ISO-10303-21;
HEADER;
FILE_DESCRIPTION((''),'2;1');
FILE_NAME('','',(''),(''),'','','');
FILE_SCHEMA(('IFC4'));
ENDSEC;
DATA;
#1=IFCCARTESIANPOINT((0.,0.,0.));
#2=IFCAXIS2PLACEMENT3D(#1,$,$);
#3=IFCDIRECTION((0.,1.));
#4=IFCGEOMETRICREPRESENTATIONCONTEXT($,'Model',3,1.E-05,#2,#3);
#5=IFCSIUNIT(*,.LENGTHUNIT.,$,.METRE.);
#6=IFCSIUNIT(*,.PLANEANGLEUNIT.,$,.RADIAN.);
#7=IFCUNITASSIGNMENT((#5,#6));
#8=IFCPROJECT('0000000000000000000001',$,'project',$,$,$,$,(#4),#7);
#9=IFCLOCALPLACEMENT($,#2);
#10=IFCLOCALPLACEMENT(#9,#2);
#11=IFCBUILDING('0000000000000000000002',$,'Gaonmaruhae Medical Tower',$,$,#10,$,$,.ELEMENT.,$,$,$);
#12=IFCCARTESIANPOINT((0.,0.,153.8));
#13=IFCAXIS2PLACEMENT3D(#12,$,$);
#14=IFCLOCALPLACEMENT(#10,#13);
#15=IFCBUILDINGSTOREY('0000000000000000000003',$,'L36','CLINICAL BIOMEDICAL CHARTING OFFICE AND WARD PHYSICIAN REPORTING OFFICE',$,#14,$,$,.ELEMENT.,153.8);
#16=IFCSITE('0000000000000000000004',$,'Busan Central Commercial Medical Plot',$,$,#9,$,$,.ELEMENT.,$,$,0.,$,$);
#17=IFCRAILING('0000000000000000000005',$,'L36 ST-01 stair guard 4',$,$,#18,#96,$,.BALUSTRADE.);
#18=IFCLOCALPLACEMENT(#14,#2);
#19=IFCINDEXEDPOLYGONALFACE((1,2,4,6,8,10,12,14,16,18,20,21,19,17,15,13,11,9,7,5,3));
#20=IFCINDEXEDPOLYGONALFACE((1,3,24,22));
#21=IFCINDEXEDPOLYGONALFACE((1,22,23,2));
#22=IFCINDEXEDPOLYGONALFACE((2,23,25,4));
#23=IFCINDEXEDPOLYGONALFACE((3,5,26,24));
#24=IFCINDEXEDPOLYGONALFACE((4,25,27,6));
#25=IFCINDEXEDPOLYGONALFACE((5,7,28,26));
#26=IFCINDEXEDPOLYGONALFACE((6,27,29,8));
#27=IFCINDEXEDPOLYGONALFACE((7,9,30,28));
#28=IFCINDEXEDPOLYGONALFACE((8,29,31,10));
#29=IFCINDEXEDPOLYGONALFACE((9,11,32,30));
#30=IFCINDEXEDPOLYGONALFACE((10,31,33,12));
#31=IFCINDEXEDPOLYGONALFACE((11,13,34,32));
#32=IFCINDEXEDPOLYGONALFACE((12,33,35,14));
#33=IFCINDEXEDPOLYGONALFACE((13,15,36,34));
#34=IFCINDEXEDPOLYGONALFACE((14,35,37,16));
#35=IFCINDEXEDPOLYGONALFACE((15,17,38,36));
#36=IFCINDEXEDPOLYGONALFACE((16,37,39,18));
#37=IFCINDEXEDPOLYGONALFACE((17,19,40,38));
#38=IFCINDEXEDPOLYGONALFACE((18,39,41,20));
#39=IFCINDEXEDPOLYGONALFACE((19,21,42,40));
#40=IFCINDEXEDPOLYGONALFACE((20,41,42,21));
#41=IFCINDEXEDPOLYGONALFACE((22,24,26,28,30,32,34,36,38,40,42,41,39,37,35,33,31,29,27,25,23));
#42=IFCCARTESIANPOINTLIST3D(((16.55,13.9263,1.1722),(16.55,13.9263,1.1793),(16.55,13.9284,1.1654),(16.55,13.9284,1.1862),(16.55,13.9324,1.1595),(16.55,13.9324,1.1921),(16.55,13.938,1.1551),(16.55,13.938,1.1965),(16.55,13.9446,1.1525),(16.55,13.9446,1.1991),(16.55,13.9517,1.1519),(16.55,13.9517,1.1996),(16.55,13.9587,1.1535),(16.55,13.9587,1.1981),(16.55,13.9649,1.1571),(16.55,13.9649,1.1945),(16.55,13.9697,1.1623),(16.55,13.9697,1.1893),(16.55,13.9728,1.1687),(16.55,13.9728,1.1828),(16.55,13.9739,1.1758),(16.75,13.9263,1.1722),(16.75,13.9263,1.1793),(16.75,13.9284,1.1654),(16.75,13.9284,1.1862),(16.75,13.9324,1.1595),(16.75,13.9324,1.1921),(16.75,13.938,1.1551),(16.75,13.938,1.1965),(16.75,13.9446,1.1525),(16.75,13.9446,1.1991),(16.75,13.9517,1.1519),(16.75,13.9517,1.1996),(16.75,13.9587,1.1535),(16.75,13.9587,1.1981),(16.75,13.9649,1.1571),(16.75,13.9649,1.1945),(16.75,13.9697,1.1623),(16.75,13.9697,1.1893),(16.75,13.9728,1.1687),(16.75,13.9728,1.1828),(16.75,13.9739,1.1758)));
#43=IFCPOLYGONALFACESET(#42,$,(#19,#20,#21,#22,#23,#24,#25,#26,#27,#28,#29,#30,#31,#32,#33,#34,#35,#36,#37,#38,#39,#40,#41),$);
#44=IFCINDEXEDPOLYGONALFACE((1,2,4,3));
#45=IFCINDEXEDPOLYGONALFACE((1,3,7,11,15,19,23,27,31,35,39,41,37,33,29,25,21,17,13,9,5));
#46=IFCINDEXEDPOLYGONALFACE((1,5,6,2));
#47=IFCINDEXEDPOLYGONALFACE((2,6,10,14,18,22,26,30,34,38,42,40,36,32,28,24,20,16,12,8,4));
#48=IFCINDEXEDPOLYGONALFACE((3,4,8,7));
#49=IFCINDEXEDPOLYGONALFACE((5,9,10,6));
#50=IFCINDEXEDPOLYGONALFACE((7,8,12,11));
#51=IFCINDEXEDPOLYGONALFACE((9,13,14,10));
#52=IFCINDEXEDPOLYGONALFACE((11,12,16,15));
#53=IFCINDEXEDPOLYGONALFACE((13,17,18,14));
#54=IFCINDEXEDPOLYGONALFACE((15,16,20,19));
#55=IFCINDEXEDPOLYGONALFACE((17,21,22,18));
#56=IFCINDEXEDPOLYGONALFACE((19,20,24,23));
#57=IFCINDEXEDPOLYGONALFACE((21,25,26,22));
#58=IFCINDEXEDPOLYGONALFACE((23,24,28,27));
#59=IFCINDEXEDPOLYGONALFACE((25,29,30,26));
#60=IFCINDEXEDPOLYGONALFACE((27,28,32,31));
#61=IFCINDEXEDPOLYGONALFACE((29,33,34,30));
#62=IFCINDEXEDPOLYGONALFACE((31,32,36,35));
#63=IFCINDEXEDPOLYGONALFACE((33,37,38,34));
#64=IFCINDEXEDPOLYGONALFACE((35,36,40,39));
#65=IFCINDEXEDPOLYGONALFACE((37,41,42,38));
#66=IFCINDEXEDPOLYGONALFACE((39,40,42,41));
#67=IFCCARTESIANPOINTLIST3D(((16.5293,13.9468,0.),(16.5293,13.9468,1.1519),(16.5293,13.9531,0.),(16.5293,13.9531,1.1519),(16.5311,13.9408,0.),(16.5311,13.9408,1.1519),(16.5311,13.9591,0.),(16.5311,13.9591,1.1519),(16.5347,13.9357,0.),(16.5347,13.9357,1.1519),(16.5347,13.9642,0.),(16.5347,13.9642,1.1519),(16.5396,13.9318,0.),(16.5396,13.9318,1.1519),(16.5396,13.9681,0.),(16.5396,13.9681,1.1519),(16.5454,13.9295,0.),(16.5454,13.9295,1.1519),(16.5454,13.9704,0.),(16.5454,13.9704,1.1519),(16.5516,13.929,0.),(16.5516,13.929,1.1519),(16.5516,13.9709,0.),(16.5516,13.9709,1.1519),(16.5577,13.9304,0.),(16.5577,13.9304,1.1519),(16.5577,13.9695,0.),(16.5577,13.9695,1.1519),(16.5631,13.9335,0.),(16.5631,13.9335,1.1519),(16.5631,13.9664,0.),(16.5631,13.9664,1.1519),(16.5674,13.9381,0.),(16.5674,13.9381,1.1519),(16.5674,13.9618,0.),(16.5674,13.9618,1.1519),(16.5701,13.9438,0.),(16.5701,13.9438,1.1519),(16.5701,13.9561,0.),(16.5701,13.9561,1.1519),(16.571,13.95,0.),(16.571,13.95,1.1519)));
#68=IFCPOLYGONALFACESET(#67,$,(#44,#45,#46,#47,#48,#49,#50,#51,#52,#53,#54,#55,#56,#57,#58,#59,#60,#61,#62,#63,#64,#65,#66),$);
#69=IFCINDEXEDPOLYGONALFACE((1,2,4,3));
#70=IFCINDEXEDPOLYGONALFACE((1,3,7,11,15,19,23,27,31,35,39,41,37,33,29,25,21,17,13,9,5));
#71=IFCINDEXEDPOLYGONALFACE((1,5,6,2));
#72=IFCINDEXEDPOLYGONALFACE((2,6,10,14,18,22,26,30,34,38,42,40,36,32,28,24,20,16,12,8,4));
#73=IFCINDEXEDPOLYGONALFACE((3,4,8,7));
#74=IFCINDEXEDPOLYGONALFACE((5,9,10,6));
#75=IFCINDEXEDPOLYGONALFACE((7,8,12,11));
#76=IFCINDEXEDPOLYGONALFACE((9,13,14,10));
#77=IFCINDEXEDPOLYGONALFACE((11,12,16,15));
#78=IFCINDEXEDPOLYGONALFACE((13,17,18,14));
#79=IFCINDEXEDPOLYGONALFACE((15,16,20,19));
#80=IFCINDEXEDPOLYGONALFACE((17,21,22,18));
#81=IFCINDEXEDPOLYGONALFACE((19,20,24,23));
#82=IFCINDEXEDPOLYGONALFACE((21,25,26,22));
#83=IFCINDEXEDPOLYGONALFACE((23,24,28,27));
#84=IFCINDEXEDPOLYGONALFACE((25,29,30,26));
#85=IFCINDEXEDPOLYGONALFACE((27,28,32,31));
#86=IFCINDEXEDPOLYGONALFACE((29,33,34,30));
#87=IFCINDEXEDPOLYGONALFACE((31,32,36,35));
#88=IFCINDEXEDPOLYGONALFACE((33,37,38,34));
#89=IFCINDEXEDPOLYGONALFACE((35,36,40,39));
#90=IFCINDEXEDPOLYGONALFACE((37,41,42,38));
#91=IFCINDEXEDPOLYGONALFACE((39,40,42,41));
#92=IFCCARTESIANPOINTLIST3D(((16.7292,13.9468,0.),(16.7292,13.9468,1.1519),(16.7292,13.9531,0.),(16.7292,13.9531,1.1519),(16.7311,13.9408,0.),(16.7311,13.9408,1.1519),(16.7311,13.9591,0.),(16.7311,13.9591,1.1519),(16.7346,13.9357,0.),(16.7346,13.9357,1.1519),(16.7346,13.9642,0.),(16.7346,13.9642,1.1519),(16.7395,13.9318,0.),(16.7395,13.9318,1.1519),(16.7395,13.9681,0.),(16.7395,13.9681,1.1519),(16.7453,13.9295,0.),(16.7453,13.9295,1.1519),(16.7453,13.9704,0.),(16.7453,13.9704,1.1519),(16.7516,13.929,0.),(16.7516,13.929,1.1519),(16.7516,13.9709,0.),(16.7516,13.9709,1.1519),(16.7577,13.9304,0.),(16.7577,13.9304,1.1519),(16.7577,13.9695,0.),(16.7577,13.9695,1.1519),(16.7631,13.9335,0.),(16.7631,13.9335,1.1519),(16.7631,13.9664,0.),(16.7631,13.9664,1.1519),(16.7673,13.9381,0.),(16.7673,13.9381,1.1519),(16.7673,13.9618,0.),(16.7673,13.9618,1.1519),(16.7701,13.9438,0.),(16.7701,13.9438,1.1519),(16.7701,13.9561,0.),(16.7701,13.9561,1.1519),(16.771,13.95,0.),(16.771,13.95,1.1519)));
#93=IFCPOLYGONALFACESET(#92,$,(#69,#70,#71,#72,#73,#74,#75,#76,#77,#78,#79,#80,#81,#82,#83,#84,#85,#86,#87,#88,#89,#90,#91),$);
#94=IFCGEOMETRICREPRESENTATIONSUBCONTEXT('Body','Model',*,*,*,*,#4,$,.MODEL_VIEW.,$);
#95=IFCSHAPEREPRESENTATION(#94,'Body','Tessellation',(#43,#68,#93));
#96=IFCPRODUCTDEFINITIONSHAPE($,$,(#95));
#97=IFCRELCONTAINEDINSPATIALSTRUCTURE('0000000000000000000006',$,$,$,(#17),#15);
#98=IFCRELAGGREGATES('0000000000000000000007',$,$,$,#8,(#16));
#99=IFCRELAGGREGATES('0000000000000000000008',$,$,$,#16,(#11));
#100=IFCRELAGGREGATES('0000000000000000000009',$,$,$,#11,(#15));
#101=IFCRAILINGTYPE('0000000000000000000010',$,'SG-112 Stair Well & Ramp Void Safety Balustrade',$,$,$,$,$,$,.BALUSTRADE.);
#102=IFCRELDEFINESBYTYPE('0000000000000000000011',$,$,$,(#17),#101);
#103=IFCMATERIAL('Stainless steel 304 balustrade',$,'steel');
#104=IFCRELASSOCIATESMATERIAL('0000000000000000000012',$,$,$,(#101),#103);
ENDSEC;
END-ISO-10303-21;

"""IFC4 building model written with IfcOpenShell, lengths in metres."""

from ifc_helpers import new_model, si_unit, direction, frame, origin, origin_2d, place, context, subcontext, project, spatial, circle, extrude, material, type_object, element, save


model = new_model("IFC4")

# Units and contexts
model_context = context("Model", 3, precision=1e-05, world=origin(), true_north=direction((0.0, 1.0)))
body_context = subcontext(model_context, "Body", "Model", "MODEL_VIEW")
ifc_project = project(units=[si_unit("LENGTHUNIT", "METRE"), si_unit("PLANEANGLEUNIT", "RADIAN")], contexts=[model_context])

# Site, building, storey
site_placement = place(None, origin())
site = spatial("IfcSite", under=ifc_project, at=site_placement, Name="Busan Central Commercial Medical Plot", CompositionType="ELEMENT", RefElevation=0.0)
building_placement = place(site_placement, origin())
building = spatial("IfcBuilding", under=site, at=building_placement, Name="Gaonmaruhae Medical Tower", CompositionType="ELEMENT")
storey_placement = place(building_placement, frame((0.0, 0.0, 153.8)))
storey = spatial("IfcBuildingStorey", under=building, at=storey_placement, Name="L36", Description="CLINICAL BIOMEDICAL CHARTING OFFICE AND WARD PHYSICIAN REPORTING OFFICE", CompositionType="ELEMENT", Elevation=153.8)

# Railing
ifc_material_1 = material(Name="Stainless steel 304 balustrade", Category="steel")
railing_type_1 = type_object("IfcRailingType", Name="SG-112 Stair Well & Ramp Void Safety Balustrade", PredefinedType="BALUSTRADE", material=ifc_material_1)
railing_1_placement = place(storey_placement, frame((16.55, 13.95, 0.0)))
element("IfcRailing", 1, at=railing_1_placement, inside=storey, type_object=railing_type_1, Name="L36 ST-01 stair guard 4", PredefinedType="BALUSTRADE", context=body_context, shape_type="SweptSolid", body=[
    extrude(circle(Radius=0.0239, at=origin_2d()), frame((0.0, 0.0, 1.1758), z_axis=(1.0, 0.0, 0.0), x_axis=(0.0, 1.0, 0.0)), (0.0, 0.0, 1.0), 0.2),
    extrude(circle(Radius=0.021, at=origin_2d()), origin(), (0.0, 0.0, 1.0), 1.1519),
    extrude(circle(Radius=0.021, at=origin_2d()), frame((0.2, 0.0, 0.0)), (0.0, 0.0, 1.0), 1.1519),
])

save(model, "model.ifc")
